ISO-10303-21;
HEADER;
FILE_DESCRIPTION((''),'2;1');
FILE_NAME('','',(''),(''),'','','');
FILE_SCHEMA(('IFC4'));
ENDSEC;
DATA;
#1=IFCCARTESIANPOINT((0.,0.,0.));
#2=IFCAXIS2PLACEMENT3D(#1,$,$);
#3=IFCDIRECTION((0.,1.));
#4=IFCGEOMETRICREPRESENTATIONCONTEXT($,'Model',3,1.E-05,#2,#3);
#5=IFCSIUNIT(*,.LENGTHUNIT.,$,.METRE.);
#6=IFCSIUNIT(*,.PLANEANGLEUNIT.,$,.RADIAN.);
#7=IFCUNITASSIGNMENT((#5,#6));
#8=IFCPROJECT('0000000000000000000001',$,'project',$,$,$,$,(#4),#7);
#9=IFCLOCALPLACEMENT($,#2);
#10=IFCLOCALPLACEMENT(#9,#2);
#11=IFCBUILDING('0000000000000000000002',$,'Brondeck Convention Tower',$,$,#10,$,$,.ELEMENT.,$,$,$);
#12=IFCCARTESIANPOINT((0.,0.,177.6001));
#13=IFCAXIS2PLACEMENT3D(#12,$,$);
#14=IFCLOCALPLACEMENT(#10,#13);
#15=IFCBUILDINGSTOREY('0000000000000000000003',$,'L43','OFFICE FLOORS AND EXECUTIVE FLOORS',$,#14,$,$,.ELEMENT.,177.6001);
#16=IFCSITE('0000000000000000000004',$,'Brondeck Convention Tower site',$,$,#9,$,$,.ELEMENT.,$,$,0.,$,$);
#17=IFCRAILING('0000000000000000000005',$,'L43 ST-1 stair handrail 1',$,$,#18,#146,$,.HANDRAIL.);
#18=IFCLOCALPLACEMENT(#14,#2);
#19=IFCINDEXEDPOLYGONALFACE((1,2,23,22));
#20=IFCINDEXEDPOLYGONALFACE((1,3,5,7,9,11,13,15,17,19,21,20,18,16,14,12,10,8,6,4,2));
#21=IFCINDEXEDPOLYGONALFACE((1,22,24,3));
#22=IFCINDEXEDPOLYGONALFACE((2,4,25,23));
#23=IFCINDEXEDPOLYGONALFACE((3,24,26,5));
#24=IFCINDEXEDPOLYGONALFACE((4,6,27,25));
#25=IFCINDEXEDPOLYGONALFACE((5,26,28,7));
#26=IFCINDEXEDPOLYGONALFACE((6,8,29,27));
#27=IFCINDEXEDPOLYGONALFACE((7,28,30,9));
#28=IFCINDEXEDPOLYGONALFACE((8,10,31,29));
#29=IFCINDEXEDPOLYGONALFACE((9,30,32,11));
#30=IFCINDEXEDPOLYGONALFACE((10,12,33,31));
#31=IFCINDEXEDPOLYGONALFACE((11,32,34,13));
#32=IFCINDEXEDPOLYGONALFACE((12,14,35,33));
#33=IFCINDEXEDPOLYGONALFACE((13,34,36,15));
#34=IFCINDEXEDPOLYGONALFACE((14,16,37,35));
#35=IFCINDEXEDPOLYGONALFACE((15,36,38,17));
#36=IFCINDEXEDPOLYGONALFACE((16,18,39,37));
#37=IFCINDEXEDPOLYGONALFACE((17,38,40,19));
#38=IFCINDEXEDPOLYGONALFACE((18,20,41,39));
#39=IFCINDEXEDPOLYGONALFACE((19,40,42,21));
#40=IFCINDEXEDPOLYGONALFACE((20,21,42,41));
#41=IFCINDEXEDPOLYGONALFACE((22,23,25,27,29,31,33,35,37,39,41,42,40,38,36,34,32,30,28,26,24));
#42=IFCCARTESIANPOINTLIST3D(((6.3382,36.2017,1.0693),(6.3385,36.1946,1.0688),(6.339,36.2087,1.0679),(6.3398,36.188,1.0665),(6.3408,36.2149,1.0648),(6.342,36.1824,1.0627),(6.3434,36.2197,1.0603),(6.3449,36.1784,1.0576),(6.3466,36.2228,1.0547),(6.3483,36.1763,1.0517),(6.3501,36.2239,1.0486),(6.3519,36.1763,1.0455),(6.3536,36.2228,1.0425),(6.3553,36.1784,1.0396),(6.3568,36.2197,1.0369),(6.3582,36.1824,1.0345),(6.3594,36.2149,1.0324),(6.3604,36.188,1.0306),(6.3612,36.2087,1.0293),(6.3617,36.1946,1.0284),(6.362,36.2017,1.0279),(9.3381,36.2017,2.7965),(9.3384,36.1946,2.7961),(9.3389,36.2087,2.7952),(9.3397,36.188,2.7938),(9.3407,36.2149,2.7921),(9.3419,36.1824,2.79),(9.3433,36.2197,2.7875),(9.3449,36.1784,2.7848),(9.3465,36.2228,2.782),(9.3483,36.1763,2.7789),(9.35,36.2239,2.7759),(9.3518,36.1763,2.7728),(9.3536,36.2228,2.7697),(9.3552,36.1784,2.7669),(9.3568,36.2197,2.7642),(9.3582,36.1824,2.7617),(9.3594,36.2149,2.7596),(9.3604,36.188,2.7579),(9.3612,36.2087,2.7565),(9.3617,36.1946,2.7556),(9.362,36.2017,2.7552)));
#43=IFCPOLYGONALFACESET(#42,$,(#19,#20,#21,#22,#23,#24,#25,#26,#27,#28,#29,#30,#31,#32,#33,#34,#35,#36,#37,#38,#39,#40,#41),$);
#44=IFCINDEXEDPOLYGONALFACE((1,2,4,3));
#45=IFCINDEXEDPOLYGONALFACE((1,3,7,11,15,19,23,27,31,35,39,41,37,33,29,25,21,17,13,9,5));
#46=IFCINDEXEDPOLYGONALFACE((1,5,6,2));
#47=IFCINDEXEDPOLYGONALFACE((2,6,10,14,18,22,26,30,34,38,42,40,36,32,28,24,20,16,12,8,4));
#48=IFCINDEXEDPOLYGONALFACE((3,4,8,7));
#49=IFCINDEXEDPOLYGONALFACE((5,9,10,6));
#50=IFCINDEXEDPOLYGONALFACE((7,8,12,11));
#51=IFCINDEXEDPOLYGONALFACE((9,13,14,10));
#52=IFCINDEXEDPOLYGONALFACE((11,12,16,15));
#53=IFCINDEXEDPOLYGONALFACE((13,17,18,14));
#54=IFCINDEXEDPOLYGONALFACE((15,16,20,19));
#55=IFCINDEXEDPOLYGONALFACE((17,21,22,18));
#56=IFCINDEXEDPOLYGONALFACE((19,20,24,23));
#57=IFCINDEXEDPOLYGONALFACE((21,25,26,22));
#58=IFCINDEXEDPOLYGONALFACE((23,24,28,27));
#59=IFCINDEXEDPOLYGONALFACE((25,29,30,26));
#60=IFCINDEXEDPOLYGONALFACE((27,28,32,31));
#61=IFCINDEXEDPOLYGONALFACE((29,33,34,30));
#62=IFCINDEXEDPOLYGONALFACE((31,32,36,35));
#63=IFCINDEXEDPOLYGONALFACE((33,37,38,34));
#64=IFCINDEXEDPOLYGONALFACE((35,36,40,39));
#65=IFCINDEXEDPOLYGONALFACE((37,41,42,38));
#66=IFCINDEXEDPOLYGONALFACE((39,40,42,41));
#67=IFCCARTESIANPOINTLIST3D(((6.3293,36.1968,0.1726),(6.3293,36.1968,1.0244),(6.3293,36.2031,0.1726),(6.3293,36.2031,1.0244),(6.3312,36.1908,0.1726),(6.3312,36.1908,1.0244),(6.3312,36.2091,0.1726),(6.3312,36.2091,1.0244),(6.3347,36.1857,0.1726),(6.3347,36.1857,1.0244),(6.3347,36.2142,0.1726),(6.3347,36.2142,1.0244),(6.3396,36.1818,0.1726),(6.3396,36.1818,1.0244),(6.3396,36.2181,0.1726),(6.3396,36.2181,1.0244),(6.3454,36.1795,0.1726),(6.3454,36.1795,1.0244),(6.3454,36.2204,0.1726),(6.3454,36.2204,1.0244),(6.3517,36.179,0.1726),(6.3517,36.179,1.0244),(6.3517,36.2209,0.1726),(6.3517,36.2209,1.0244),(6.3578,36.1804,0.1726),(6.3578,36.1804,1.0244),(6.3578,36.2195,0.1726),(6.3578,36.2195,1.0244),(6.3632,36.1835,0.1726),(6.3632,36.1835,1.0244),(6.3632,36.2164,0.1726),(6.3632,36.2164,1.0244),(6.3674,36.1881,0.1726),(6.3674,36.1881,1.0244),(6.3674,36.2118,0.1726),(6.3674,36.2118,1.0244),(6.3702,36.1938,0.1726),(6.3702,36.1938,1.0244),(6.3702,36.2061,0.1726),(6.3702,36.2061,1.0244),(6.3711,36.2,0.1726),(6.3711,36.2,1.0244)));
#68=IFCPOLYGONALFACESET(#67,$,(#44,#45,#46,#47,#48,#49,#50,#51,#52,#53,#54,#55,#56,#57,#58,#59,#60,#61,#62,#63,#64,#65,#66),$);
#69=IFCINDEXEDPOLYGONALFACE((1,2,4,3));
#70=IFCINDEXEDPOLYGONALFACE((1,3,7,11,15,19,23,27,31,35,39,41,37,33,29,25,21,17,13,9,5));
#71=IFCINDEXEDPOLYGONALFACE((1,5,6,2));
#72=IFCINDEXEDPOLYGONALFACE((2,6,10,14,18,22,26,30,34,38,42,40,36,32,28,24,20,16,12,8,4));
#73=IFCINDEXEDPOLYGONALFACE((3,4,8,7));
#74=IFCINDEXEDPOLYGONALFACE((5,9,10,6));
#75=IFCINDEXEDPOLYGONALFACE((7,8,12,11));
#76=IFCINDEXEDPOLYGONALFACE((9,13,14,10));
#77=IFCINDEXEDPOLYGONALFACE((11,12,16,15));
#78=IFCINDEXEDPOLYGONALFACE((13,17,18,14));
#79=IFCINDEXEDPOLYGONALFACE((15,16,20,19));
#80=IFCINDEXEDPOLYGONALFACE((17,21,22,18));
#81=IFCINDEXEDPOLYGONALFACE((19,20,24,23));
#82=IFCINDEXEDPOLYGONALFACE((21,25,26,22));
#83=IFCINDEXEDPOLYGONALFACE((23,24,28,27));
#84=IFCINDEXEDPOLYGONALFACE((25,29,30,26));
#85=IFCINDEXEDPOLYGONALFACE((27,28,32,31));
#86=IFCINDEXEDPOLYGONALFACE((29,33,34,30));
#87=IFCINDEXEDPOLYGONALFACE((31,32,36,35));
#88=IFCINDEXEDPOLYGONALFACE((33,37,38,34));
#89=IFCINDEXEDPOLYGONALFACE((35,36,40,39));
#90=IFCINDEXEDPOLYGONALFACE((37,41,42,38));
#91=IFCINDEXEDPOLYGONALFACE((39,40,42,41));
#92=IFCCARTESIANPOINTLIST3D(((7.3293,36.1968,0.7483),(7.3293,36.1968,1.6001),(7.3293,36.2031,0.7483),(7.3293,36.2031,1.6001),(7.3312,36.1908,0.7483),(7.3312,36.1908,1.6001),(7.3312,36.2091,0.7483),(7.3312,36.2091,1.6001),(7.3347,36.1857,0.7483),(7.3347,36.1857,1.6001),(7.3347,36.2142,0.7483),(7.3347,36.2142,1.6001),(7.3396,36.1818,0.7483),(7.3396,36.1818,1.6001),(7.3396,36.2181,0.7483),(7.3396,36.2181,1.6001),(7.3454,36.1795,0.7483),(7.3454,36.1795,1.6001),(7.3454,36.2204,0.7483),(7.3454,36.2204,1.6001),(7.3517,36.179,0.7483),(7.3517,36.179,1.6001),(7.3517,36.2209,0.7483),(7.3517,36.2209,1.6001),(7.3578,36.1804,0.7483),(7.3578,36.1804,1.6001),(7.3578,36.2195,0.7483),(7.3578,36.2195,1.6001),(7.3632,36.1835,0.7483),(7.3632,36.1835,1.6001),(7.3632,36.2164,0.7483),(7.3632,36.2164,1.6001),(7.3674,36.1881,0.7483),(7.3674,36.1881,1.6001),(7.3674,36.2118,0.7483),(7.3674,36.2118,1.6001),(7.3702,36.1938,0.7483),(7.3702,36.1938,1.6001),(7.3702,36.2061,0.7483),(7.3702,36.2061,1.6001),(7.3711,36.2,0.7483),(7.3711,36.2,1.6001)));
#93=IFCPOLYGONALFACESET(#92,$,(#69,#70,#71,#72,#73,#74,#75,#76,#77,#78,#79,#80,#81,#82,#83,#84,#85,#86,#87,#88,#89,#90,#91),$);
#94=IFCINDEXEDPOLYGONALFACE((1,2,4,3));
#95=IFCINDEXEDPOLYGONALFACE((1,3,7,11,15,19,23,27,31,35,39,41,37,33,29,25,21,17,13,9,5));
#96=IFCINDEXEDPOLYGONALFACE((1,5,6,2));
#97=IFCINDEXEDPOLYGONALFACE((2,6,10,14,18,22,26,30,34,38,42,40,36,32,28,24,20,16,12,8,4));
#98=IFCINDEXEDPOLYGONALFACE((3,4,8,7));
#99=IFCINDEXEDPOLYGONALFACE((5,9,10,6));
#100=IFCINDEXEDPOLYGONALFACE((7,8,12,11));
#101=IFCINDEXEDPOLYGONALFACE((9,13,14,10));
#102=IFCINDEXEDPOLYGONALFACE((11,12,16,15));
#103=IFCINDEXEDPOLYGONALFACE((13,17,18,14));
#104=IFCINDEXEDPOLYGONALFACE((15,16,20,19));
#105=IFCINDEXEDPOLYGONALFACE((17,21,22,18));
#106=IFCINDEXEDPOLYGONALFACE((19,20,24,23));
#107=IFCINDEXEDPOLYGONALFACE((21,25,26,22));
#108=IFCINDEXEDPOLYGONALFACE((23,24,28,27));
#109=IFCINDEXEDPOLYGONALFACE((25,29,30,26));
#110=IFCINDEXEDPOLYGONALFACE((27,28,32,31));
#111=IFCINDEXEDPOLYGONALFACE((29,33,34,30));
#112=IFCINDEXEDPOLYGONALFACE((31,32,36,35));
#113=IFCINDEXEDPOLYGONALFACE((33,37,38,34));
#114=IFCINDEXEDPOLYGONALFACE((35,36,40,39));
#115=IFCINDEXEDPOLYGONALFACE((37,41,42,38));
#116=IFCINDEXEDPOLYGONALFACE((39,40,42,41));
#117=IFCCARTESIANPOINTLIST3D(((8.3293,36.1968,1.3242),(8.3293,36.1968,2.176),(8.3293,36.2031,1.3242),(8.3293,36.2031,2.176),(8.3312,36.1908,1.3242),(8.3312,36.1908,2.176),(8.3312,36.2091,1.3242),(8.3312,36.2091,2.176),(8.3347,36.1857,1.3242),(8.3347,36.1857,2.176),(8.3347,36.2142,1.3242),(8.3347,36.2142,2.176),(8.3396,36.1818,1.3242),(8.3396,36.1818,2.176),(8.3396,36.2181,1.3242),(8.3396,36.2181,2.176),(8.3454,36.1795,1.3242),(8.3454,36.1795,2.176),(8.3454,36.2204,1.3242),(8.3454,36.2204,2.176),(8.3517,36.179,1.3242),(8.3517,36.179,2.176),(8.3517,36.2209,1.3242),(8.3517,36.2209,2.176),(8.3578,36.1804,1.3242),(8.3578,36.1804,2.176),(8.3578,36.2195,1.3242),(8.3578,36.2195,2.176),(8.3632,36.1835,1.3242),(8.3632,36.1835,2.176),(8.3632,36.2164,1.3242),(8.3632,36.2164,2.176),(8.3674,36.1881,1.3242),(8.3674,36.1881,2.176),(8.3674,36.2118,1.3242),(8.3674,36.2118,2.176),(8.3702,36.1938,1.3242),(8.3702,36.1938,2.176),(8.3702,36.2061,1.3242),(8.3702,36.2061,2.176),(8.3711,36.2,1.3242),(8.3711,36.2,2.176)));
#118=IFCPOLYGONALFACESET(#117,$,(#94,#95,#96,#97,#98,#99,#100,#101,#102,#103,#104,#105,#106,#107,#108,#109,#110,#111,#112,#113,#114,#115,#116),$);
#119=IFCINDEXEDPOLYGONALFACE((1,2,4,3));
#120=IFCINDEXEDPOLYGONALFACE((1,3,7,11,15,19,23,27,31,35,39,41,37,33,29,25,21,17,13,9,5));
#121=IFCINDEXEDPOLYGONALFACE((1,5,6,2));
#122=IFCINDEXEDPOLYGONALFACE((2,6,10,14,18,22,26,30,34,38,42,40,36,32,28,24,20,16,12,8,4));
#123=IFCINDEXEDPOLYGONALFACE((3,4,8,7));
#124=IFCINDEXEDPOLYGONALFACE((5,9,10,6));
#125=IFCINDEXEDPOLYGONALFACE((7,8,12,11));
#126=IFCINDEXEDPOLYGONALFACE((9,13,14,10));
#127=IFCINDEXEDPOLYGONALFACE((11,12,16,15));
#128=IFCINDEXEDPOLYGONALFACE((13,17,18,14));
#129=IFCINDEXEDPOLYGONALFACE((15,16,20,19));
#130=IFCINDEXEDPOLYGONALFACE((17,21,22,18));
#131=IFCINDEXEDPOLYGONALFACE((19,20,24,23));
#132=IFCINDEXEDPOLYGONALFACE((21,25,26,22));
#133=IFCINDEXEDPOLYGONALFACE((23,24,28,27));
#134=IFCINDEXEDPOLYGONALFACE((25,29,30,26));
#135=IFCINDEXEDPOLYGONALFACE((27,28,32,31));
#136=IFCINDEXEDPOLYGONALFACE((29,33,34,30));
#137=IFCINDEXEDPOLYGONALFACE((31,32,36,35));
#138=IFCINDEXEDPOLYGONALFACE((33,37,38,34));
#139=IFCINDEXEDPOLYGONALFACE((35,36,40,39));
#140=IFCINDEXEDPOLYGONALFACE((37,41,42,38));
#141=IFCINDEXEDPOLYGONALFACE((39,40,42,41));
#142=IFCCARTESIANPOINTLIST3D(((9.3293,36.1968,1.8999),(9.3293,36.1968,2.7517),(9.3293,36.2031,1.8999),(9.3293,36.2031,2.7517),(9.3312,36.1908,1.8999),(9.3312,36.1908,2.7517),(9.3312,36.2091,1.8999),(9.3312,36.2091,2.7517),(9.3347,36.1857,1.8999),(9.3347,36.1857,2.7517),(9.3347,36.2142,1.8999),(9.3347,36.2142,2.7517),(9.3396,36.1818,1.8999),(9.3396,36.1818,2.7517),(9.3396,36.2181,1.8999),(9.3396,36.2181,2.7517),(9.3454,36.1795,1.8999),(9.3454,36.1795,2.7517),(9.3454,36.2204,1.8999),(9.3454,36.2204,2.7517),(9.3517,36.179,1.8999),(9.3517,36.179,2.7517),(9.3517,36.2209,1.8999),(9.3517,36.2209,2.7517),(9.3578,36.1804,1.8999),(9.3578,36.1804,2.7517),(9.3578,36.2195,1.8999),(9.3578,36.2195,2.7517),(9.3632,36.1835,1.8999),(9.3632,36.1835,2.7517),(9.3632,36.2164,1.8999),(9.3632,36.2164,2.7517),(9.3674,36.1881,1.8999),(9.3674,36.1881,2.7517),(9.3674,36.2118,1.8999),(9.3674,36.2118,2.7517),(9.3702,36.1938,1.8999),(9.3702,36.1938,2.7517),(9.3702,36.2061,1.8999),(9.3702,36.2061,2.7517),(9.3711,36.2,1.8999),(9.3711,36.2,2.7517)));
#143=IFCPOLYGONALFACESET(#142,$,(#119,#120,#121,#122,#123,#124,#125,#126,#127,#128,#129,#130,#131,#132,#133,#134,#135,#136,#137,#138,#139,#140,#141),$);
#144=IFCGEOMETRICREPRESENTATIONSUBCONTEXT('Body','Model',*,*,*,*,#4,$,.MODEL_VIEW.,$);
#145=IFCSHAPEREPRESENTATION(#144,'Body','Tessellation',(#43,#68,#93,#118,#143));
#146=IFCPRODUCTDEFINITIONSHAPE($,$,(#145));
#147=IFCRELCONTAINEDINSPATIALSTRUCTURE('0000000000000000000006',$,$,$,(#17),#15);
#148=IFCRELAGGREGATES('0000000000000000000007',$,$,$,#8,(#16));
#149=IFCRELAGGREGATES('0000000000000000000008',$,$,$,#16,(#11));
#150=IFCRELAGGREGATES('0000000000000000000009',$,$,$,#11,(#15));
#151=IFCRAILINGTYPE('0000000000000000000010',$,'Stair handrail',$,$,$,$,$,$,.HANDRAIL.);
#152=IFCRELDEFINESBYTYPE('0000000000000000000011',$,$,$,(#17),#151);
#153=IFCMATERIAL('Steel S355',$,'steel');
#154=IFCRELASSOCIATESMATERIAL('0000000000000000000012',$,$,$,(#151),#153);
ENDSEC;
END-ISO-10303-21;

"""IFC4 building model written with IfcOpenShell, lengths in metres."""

from ifc_helpers import new_model, si_unit, direction, frame, origin, origin_2d, place, context, subcontext, project, spatial, circle, extrude, material, type_object, element, save


model = new_model("IFC4")

# Units and contexts
model_context = context("Model", 3, precision=1e-05, world=origin(), true_north=direction((0.0, 1.0)))
body_context = subcontext(model_context, "Body", "Model", "MODEL_VIEW")
ifc_project = project(units=[si_unit("LENGTHUNIT", "METRE"), si_unit("PLANEANGLEUNIT", "RADIAN")], contexts=[model_context])

# Site, building, storey
site_placement = place(None, origin())
site = spatial("IfcSite", under=ifc_project, at=site_placement, Name="Brondeck Convention Tower site", CompositionType="ELEMENT", RefElevation=0.0)
building_placement = place(site_placement, origin())
building = spatial("IfcBuilding", under=site, at=building_placement, Name="Brondeck Convention Tower", CompositionType="ELEMENT")
storey_placement = place(building_placement, frame((0.0, 0.0, 177.6001)))
storey = spatial("IfcBuildingStorey", under=building, at=storey_placement, Name="L43", Description="OFFICE FLOORS AND EXECUTIVE FLOORS", CompositionType="ELEMENT", Elevation=177.6001)

# Shared definitions
ifc_material_1 = material(Name="Steel S355", Category="steel")

# Railing
railing_type_1 = type_object("IfcRailingType", Name="Stair handrail", PredefinedType="HANDRAIL", material=ifc_material_1)
railing_1_placement = place(storey_placement, frame((6.3501, 36.2, 0.1726)))
element("IfcRailing", 1, at=railing_1_placement, inside=storey, type_object=railing_type_1, Name="L43 ST-1 stair handrail 1", PredefinedType="HANDRAIL", context=body_context, shape_type="SweptSolid", body=[
    extrude(circle(Radius=0.0239, at=origin_2d()), frame((0.0, 0.0, 0.876), z_axis=(0.86662, 0.0, 0.498969), x_axis=(0.0, 1.0, 0.0)), (0.0, 0.0, 1.0), 3.4617),
    extrude(circle(Radius=0.021, at=origin_2d()), origin(), (0.0, 0.0, 1.0), 0.8518),
    extrude(circle(Radius=0.021, at=origin_2d()), frame((1.0, 0.0, 0.5757)), (0.0, 0.0, 1.0), 0.8518),
    extrude(circle(Radius=0.021, at=origin_2d()), frame((2.0, 0.0, 1.1516)), (0.0, 0.0, 1.0), 0.8518),
    extrude(circle(Radius=0.021, at=origin_2d()), frame((3.0, 0.0, 1.7273)), (0.0, 0.0, 1.0), 0.8518),
])

save(model, "model.ifc")
